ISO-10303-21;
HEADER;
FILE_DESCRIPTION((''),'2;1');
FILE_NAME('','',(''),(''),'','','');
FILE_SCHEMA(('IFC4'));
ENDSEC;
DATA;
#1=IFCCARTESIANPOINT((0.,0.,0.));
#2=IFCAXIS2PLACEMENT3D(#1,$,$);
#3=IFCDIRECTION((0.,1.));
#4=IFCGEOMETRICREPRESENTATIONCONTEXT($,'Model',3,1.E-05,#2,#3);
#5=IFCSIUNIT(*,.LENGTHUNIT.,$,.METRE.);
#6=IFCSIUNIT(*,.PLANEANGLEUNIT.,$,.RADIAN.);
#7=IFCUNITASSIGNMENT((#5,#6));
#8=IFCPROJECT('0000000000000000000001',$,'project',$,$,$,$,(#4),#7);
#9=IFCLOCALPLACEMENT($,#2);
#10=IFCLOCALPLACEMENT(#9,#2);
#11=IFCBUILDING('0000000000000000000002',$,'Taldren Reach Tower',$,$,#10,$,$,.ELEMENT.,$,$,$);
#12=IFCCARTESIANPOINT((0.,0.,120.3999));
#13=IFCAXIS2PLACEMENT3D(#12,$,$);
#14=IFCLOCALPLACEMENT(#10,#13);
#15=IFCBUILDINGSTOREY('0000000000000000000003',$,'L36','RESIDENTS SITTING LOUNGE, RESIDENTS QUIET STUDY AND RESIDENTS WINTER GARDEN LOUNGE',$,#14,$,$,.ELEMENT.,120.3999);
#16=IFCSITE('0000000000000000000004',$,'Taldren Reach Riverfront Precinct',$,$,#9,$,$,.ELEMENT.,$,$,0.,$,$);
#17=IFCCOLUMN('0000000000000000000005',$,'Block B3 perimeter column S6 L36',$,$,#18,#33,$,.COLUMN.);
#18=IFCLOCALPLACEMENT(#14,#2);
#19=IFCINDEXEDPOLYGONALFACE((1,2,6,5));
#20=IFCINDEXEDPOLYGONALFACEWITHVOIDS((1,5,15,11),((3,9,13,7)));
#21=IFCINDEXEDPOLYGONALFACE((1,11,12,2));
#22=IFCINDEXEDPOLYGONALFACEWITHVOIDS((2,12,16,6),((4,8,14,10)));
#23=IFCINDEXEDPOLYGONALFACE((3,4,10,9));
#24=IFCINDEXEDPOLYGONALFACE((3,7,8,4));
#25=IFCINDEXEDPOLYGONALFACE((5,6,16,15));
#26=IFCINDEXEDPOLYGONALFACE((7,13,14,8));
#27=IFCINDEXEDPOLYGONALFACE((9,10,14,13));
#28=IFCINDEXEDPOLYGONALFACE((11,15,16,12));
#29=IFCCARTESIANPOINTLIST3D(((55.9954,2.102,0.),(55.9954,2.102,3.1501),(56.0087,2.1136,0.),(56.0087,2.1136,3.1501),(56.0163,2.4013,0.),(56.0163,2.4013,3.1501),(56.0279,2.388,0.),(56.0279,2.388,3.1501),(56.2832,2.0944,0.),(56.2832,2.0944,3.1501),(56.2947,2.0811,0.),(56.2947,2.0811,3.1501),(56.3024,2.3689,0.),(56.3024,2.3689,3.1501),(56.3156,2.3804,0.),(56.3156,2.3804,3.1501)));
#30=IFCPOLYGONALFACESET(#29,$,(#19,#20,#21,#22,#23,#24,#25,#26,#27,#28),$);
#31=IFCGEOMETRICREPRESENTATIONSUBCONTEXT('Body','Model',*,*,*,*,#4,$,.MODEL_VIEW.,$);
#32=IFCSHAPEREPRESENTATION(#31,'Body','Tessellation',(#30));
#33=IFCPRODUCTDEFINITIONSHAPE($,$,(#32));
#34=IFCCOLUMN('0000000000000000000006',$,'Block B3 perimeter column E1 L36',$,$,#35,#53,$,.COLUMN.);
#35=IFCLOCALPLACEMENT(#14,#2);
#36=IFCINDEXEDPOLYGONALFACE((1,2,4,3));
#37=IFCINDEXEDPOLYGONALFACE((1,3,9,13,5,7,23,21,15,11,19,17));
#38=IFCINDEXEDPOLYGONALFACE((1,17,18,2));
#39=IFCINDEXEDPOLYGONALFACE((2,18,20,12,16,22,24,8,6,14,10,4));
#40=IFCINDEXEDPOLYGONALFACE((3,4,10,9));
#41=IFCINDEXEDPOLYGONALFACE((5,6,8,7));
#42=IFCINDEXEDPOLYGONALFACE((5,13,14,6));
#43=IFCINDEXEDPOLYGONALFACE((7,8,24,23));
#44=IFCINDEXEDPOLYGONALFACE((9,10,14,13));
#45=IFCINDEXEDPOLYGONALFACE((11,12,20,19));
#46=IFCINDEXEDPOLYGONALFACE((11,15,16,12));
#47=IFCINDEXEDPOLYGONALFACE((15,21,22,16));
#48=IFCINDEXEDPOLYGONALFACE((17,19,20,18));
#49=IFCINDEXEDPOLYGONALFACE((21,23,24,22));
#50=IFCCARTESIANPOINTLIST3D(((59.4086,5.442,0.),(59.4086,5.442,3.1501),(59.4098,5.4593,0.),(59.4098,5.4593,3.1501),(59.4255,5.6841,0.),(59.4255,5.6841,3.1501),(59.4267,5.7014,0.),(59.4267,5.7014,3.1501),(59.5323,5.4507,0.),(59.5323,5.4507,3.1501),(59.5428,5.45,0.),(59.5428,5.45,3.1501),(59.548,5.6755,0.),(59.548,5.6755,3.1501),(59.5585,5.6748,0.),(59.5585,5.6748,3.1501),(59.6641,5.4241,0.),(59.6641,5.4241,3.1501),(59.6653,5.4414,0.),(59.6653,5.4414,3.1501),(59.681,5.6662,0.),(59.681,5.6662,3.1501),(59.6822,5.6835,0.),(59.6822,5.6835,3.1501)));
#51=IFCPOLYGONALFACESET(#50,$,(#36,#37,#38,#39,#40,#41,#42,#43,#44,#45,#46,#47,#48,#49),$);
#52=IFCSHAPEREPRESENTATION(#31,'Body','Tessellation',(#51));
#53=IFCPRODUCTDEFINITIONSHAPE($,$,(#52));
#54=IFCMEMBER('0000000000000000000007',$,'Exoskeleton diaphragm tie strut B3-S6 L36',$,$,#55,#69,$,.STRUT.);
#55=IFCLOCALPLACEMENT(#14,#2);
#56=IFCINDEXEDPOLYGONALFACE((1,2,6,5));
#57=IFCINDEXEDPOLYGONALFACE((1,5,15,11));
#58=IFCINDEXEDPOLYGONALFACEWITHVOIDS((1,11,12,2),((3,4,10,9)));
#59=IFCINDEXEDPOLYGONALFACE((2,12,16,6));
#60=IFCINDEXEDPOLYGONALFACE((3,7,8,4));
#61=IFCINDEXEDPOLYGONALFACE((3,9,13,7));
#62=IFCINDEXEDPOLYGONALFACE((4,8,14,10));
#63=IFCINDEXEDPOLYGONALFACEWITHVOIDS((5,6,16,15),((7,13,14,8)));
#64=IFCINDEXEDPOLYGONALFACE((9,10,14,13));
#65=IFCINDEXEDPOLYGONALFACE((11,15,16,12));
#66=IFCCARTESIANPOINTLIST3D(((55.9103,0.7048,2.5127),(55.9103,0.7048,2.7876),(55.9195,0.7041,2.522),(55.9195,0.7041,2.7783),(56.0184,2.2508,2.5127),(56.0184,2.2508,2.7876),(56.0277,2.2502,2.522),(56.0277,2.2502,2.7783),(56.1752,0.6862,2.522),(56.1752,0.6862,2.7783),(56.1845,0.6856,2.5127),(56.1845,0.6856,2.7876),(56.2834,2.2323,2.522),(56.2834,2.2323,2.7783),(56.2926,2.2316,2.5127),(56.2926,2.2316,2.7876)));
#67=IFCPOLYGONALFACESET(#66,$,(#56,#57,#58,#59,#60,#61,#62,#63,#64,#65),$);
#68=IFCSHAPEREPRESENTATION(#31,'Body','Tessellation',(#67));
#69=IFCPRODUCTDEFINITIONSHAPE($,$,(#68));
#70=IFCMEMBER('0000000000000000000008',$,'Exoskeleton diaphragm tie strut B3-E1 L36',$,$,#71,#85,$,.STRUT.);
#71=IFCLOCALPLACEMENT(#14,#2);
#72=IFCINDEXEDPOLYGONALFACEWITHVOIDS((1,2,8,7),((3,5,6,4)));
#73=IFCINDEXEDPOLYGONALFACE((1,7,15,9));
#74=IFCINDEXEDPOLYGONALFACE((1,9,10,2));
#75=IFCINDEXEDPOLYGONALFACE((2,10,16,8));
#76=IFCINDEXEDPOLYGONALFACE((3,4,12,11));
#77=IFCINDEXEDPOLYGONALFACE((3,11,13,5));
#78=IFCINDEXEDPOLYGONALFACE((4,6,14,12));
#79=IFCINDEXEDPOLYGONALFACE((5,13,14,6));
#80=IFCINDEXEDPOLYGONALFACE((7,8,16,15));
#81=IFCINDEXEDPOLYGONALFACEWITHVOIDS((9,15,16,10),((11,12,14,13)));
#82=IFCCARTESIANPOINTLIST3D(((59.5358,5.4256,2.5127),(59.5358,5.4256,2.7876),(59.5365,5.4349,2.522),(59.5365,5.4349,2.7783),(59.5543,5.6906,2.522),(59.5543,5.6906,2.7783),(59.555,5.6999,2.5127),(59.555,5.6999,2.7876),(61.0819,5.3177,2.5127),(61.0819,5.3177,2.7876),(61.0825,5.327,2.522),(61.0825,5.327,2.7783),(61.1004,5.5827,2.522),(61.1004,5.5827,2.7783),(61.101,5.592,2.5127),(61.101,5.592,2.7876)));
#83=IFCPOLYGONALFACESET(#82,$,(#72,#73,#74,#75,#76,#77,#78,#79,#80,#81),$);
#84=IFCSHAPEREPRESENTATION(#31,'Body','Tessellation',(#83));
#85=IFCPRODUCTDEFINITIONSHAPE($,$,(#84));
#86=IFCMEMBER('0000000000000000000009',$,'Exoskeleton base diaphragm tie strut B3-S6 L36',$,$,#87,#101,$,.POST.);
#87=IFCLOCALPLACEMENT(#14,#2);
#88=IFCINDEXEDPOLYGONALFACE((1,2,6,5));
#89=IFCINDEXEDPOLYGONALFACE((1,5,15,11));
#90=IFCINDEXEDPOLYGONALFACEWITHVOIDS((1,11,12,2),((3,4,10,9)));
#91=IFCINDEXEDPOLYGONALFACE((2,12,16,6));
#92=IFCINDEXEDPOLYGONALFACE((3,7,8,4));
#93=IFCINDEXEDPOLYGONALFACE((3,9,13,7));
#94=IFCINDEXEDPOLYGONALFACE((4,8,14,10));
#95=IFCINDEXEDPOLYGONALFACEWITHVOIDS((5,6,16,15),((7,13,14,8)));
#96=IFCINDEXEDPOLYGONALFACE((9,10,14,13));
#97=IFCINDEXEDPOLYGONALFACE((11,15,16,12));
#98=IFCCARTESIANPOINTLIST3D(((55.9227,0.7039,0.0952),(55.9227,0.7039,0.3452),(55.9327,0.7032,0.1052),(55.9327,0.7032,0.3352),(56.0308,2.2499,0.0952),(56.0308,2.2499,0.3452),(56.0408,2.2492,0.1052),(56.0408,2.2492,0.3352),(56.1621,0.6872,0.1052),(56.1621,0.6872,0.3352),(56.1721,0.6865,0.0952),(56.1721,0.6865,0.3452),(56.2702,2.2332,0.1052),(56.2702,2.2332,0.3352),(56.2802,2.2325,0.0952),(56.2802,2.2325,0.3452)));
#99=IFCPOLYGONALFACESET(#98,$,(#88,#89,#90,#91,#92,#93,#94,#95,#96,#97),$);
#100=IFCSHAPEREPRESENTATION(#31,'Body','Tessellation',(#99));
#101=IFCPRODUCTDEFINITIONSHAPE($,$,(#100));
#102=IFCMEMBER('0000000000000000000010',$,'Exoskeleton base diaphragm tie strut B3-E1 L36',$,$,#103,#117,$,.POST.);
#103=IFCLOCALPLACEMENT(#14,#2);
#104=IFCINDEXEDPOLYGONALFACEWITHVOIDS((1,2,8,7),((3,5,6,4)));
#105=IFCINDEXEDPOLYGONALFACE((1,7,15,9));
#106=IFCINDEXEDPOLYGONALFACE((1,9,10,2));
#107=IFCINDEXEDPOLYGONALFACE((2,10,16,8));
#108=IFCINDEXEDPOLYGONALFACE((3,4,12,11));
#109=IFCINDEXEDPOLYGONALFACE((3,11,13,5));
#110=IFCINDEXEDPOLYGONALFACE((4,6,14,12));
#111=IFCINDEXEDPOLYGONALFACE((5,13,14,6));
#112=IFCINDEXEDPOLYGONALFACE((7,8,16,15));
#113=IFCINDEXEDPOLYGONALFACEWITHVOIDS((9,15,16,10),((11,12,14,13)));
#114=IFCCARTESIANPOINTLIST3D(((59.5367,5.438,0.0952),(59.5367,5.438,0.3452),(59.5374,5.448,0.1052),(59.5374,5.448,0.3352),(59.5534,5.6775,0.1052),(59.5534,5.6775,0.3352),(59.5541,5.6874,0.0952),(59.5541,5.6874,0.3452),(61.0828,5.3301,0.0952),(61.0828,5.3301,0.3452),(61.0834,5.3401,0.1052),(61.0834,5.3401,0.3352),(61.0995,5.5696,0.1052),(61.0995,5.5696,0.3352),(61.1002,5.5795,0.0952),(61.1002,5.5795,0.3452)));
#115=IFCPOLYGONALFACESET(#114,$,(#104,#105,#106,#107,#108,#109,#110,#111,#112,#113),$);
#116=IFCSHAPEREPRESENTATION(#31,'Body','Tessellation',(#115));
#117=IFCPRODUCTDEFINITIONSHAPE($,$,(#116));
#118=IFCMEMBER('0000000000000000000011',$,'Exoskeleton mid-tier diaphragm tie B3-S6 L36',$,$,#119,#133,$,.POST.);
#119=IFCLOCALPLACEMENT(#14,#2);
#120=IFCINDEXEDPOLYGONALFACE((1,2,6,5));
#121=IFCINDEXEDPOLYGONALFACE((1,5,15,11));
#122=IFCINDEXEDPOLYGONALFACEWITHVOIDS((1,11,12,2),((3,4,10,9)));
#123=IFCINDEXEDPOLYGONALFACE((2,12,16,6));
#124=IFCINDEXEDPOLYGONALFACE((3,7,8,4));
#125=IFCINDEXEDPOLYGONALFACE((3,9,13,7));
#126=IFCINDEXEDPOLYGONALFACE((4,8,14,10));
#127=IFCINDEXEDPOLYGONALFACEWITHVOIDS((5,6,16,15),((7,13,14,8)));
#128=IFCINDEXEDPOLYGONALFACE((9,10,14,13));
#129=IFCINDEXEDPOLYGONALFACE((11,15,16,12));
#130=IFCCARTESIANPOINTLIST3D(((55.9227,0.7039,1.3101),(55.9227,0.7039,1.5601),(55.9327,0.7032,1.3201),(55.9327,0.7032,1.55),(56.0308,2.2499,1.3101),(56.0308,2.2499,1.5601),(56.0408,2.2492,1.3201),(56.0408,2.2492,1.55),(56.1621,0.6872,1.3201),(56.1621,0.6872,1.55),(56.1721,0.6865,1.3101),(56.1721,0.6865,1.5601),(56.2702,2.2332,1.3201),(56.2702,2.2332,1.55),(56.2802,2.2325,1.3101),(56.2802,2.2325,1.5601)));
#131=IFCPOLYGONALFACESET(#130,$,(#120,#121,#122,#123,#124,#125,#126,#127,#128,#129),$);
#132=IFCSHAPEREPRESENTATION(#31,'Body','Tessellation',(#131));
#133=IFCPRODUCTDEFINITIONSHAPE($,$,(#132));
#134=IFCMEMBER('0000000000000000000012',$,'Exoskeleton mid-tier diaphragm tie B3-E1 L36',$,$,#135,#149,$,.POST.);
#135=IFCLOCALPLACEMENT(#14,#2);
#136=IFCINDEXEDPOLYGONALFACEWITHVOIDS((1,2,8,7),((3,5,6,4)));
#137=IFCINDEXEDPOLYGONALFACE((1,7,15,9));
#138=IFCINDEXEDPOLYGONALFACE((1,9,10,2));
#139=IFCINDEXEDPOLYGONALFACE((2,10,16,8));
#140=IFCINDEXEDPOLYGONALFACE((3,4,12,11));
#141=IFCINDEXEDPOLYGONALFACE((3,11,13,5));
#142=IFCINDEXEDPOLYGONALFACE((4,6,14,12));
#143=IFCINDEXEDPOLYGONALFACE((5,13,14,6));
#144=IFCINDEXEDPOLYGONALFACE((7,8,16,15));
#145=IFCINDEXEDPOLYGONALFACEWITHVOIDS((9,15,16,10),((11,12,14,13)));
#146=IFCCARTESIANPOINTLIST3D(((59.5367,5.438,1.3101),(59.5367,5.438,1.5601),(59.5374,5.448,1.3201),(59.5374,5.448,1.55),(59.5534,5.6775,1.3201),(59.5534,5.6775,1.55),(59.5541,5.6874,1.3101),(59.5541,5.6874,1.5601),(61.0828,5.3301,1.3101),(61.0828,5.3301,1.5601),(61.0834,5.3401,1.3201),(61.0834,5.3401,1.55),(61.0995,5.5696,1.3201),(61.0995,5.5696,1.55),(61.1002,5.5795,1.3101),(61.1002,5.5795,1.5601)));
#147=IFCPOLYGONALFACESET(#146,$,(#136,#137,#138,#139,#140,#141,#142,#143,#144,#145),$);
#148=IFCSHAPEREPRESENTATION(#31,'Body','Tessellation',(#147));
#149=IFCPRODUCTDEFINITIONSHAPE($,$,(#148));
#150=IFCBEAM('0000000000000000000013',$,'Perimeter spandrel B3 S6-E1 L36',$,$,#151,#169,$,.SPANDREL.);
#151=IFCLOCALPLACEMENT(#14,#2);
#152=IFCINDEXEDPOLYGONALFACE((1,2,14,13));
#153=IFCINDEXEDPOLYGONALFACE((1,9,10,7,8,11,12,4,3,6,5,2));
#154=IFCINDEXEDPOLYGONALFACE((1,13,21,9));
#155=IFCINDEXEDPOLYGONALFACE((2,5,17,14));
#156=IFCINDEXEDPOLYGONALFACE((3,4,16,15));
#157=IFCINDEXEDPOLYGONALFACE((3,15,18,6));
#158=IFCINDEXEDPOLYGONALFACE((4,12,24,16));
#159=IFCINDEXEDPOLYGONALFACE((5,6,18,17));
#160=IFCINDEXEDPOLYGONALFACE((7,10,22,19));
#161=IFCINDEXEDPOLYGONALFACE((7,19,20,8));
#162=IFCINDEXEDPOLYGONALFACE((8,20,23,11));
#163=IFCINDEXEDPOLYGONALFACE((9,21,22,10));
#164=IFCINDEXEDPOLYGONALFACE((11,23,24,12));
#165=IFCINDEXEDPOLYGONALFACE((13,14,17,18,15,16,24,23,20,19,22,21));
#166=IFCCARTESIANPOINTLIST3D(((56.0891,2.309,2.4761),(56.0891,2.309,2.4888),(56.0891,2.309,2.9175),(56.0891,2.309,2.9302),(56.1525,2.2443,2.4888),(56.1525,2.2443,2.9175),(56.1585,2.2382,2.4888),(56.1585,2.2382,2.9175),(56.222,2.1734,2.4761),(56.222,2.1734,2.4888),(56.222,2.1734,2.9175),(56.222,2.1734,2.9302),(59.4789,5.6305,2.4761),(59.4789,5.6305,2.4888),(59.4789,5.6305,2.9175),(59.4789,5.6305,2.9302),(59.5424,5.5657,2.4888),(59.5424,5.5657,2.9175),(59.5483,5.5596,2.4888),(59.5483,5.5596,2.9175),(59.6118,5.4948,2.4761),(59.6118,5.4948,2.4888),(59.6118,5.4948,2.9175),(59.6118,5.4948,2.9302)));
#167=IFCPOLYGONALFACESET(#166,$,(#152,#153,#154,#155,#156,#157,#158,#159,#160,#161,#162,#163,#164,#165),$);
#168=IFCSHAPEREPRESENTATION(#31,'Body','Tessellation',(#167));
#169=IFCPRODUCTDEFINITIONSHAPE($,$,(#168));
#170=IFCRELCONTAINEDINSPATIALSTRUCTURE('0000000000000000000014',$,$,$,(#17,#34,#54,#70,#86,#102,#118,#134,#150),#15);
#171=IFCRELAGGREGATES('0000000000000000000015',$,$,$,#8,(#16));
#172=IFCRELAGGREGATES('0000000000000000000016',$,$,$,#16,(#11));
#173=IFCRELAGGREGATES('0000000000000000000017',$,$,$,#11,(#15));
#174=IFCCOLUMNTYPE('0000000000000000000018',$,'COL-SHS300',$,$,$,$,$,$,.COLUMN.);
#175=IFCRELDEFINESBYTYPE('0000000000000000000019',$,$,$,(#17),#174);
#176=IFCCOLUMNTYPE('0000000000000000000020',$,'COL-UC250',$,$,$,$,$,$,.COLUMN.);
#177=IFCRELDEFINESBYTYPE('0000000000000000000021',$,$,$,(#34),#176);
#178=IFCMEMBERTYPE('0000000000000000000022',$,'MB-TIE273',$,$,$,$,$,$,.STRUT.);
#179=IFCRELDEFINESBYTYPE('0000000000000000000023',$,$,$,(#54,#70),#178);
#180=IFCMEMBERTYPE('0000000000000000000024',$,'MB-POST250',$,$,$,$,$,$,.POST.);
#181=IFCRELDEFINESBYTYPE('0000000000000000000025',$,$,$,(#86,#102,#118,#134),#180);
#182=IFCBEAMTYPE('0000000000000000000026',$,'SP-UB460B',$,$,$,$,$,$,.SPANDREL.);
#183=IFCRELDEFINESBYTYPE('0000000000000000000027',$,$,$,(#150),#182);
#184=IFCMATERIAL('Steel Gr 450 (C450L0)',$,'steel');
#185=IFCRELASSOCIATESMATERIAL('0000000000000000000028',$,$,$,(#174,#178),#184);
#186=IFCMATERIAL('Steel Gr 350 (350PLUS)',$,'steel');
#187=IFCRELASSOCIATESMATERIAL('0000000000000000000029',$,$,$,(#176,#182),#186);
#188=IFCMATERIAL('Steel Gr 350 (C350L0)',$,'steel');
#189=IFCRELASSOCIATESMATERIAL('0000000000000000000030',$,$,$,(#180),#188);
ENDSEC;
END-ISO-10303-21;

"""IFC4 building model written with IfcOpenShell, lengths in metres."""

from ifc_helpers import new_model, si_unit, direction, frame, origin, origin_2d, place, context, subcontext, project, spatial, hollow_rectangle, i_section, extrude, source, transform, mapped, material, material_profile, profile_set, type_object, element, save


model = new_model("IFC4")

# Units and contexts
model_context = context("Model", 3, precision=1e-05, world=origin(), true_north=direction((0.0, 1.0)))
body_context = subcontext(model_context, "Body", "Model", "MODEL_VIEW")
ifc_project = project(units=[si_unit("LENGTHUNIT", "METRE"), si_unit("PLANEANGLEUNIT", "RADIAN")], contexts=[model_context])

# Site, building, storey
site_placement = place(None, origin())
site = spatial("IfcSite", under=ifc_project, at=site_placement, Name="Taldren Reach Riverfront Precinct", CompositionType="ELEMENT", RefElevation=0.0)
building_placement = place(site_placement, origin())
building = spatial("IfcBuilding", under=site, at=building_placement, Name="Taldren Reach Tower", CompositionType="ELEMENT")
storey_placement = place(building_placement, frame((0.0, 0.0, 120.3999)))
storey = spatial("IfcBuildingStorey", under=building, at=storey_placement, Name="L36", Description="RESIDENTS SITTING LOUNGE, RESIDENTS QUIET STUDY AND RESIDENTS WINTER GARDEN LOUNGE", CompositionType="ELEMENT", Elevation=120.3999)

# Columns
ifc_material_1 = material(Name="Steel Gr 450 (C450L0)", Category="steel")
ifc_material_profile_1 = material_profile(ifc_material_1, hollow_rectangle(XDim=0.3, YDim=0.3, WallThickness=0.0125, at=origin_2d()), Name="300x300x12.5SHS")
ifc_profile_set_1 = profile_set([ifc_material_profile_1], Name="Steel Gr 450 (C450L0)")
column_type_1 = type_object("IfcColumnType", Name="COL-SHS300", PredefinedType="COLUMN", material=ifc_profile_set_1)
shared_shape_1 = source(origin(), body_context, "Body", "SweptSolid", [
    extrude(hollow_rectangle(XDim=0.3, YDim=0.3, WallThickness=0.0125, at=origin_2d()), origin(), (0.0, 0.0, 1.0), 3.1501),
])
column_1_placement = place(storey_placement, frame((56.1555, 2.2412, 0.0), z_axis=(0.0, 0.0, 1.0), x_axis=(0.997564, -0.069756, 0.0)))
element("IfcColumn", 1, at=column_1_placement, inside=storey, type_object=column_type_1, Name="Block B3 perimeter column S6 L36", PredefinedType="COLUMN", context=body_context, shape_type="MappedRepresentation", body=[
    mapped(shared_shape_1, transform((0.0, 0.0, 0.0), scale=1.0)),
])
ifc_material_2 = material(Name="Steel Gr 350 (350PLUS)", Category="steel")
ifc_material_profile_2 = material_profile(ifc_material_2, i_section(OverallWidth=0.2561, OverallDepth=0.26, WebThickness=0.0105, FlangeThickness=0.0173, at=origin_2d()), Name="250UC89.5")
ifc_profile_set_2 = profile_set([ifc_material_profile_2], Name="Steel Gr 350 (350PLUS)")
column_type_2 = type_object("IfcColumnType", Name="COL-UC250", PredefinedType="COLUMN", material=ifc_profile_set_2)
shared_shape_2 = source(origin(), body_context, "Body", "SweptSolid", [
    extrude(i_section(OverallWidth=0.2561, OverallDepth=0.26, WebThickness=0.0105, FlangeThickness=0.0173, at=origin_2d()), origin(), (0.0, 0.0, 1.0), 3.1501),
])
column_2_placement = place(storey_placement, frame((59.5454, 5.5627, 0.0), z_axis=(0.0, 0.0, 1.0), x_axis=(0.997564, -0.069756, 0.0)))
element("IfcColumn", 2, at=column_2_placement, inside=storey, type_object=column_type_2, Name="Block B3 perimeter column E1 L36", PredefinedType="COLUMN", context=body_context, shape_type="MappedRepresentation", body=[
    mapped(shared_shape_2, transform((0.0, 0.0, 0.0), scale=1.0)),
])

# Members
ifc_material_profile_3 = material_profile(ifc_material_1, hollow_rectangle(XDim=0.2749, YDim=0.2749, WallThickness=0.0093, at=origin_2d()), Name="275x275x9.3SHS")
ifc_profile_set_3 = profile_set([ifc_material_profile_3], Name="Steel Gr 450 (C450L0)")
member_type_1 = type_object("IfcMemberType", Name="MB-TIE273", PredefinedType="STRUT", material=ifc_profile_set_3)
shared_shape_3 = source(origin(), body_context, "Body", "SweptSolid", [
    extrude(hollow_rectangle(XDim=0.2749, YDim=0.2749, WallThickness=0.0093, at=origin_2d()), origin(), (0.0, 0.0, 1.0), 1.5498),
])
for number, where, z_axis, x_axis, name in (
    (3, (56.1555, 2.2412, 2.6501), (-0.069781, -0.997562, 0.0), (0.997562, -0.069781, 0.0), "Exoskeleton diaphragm tie strut B3-S6 L36"),
    (4, (59.5454, 5.5627, 2.6501), (0.997573, -0.069624, 0.0), (0.069624, 0.997573, 0.0), "Exoskeleton diaphragm tie strut B3-E1 L36"),
):
    element("IfcMember", number, at=place(storey_placement, frame(where, z_axis=z_axis, x_axis=x_axis)), inside=storey, type_object=member_type_1, Name=name, PredefinedType="STRUT", context=body_context, shape_type="MappedRepresentation", body=[
        mapped(shared_shape_3, transform((0.0, 0.0, 0.0), scale=1.0)),
    ])
ifc_material_3 = material(Name="Steel Gr 350 (C350L0)", Category="steel")
ifc_material_profile_4 = material_profile(ifc_material_3, hollow_rectangle(XDim=0.25, YDim=0.25, WallThickness=0.01, at=origin_2d()), Name="250x250x10.0SHS")
ifc_profile_set_4 = profile_set([ifc_material_profile_4], Name="Steel Gr 350 (C350L0)")
member_type_2 = type_object("IfcMemberType", Name="MB-POST250", PredefinedType="POST", material=ifc_profile_set_4)
shared_shape_4 = source(origin(), body_context, "Body", "SweptSolid", [
    extrude(hollow_rectangle(XDim=0.25, YDim=0.25, WallThickness=0.01, at=origin_2d()), origin(), (0.0, 0.0, 1.0), 1.5498),
])
for number, where, z_axis, x_axis, name in (
    (5, (56.1555, 2.2412, 0.2202), (-0.069781, -0.997562, 0.0), (0.997562, -0.069781, 0.0), "Exoskeleton base diaphragm tie strut B3-S6 L36"),
    (6, (59.5454, 5.5627, 0.2202), (0.997573, -0.069624, 0.0), (0.069624, 0.997573, 0.0), "Exoskeleton base diaphragm tie strut B3-E1 L36"),
    (7, (56.1555, 2.2412, 1.4351), (-0.069781, -0.997562, 0.0), (0.997562, -0.069781, 0.0), "Exoskeleton mid-tier diaphragm tie B3-S6 L36"),
    (8, (59.5454, 5.5627, 1.4351), (0.997573, -0.069624, 0.0), (0.069624, 0.997573, 0.0), "Exoskeleton mid-tier diaphragm tie B3-E1 L36"),
):
    element("IfcMember", number, at=place(storey_placement, frame(where, z_axis=z_axis, x_axis=x_axis)), inside=storey, type_object=member_type_2, Name=name, PredefinedType="POST", context=body_context, shape_type="MappedRepresentation", body=[
        mapped(shared_shape_4, transform((0.0, 0.0, 0.0), scale=1.0)),
    ])

# Beam
ifc_material_profile_5 = material_profile(ifc_material_2, i_section(OverallWidth=0.1899, OverallDepth=0.4541, WebThickness=0.0085, FlangeThickness=0.0127, at=origin_2d()), Name="460UB67.1")
ifc_profile_set_5 = profile_set([ifc_material_profile_5], Name="Steel Gr 350 (350PLUS)")
beam_type_1 = type_object("IfcBeamType", Name="SP-UB460B", PredefinedType="SPANDREL", material=ifc_profile_set_5)
shared_shape_5 = source(origin(), body_context, "Body", "SweptSolid", [
    extrude(i_section(OverallWidth=0.1899, OverallDepth=0.4541, WebThickness=0.0085, FlangeThickness=0.0127, at=origin_2d()), origin(), (0.0, 0.0, 1.0), 4.7458),
])
beam_1_placement = place(storey_placement, frame((56.1555, 2.2412, 2.7031), z_axis=(0.714272, 0.699868, 0.0), x_axis=(-0.699868, 0.714272, 0.0)))
element("IfcBeam", 9, at=beam_1_placement, inside=storey, type_object=beam_type_1, Name="Perimeter spandrel B3 S6-E1 L36", PredefinedType="SPANDREL", context=body_context, shape_type="MappedRepresentation", body=[
    mapped(shared_shape_5, transform((0.0, 0.0, 0.0), scale=1.0)),
])

save(model, "model.ifc")
